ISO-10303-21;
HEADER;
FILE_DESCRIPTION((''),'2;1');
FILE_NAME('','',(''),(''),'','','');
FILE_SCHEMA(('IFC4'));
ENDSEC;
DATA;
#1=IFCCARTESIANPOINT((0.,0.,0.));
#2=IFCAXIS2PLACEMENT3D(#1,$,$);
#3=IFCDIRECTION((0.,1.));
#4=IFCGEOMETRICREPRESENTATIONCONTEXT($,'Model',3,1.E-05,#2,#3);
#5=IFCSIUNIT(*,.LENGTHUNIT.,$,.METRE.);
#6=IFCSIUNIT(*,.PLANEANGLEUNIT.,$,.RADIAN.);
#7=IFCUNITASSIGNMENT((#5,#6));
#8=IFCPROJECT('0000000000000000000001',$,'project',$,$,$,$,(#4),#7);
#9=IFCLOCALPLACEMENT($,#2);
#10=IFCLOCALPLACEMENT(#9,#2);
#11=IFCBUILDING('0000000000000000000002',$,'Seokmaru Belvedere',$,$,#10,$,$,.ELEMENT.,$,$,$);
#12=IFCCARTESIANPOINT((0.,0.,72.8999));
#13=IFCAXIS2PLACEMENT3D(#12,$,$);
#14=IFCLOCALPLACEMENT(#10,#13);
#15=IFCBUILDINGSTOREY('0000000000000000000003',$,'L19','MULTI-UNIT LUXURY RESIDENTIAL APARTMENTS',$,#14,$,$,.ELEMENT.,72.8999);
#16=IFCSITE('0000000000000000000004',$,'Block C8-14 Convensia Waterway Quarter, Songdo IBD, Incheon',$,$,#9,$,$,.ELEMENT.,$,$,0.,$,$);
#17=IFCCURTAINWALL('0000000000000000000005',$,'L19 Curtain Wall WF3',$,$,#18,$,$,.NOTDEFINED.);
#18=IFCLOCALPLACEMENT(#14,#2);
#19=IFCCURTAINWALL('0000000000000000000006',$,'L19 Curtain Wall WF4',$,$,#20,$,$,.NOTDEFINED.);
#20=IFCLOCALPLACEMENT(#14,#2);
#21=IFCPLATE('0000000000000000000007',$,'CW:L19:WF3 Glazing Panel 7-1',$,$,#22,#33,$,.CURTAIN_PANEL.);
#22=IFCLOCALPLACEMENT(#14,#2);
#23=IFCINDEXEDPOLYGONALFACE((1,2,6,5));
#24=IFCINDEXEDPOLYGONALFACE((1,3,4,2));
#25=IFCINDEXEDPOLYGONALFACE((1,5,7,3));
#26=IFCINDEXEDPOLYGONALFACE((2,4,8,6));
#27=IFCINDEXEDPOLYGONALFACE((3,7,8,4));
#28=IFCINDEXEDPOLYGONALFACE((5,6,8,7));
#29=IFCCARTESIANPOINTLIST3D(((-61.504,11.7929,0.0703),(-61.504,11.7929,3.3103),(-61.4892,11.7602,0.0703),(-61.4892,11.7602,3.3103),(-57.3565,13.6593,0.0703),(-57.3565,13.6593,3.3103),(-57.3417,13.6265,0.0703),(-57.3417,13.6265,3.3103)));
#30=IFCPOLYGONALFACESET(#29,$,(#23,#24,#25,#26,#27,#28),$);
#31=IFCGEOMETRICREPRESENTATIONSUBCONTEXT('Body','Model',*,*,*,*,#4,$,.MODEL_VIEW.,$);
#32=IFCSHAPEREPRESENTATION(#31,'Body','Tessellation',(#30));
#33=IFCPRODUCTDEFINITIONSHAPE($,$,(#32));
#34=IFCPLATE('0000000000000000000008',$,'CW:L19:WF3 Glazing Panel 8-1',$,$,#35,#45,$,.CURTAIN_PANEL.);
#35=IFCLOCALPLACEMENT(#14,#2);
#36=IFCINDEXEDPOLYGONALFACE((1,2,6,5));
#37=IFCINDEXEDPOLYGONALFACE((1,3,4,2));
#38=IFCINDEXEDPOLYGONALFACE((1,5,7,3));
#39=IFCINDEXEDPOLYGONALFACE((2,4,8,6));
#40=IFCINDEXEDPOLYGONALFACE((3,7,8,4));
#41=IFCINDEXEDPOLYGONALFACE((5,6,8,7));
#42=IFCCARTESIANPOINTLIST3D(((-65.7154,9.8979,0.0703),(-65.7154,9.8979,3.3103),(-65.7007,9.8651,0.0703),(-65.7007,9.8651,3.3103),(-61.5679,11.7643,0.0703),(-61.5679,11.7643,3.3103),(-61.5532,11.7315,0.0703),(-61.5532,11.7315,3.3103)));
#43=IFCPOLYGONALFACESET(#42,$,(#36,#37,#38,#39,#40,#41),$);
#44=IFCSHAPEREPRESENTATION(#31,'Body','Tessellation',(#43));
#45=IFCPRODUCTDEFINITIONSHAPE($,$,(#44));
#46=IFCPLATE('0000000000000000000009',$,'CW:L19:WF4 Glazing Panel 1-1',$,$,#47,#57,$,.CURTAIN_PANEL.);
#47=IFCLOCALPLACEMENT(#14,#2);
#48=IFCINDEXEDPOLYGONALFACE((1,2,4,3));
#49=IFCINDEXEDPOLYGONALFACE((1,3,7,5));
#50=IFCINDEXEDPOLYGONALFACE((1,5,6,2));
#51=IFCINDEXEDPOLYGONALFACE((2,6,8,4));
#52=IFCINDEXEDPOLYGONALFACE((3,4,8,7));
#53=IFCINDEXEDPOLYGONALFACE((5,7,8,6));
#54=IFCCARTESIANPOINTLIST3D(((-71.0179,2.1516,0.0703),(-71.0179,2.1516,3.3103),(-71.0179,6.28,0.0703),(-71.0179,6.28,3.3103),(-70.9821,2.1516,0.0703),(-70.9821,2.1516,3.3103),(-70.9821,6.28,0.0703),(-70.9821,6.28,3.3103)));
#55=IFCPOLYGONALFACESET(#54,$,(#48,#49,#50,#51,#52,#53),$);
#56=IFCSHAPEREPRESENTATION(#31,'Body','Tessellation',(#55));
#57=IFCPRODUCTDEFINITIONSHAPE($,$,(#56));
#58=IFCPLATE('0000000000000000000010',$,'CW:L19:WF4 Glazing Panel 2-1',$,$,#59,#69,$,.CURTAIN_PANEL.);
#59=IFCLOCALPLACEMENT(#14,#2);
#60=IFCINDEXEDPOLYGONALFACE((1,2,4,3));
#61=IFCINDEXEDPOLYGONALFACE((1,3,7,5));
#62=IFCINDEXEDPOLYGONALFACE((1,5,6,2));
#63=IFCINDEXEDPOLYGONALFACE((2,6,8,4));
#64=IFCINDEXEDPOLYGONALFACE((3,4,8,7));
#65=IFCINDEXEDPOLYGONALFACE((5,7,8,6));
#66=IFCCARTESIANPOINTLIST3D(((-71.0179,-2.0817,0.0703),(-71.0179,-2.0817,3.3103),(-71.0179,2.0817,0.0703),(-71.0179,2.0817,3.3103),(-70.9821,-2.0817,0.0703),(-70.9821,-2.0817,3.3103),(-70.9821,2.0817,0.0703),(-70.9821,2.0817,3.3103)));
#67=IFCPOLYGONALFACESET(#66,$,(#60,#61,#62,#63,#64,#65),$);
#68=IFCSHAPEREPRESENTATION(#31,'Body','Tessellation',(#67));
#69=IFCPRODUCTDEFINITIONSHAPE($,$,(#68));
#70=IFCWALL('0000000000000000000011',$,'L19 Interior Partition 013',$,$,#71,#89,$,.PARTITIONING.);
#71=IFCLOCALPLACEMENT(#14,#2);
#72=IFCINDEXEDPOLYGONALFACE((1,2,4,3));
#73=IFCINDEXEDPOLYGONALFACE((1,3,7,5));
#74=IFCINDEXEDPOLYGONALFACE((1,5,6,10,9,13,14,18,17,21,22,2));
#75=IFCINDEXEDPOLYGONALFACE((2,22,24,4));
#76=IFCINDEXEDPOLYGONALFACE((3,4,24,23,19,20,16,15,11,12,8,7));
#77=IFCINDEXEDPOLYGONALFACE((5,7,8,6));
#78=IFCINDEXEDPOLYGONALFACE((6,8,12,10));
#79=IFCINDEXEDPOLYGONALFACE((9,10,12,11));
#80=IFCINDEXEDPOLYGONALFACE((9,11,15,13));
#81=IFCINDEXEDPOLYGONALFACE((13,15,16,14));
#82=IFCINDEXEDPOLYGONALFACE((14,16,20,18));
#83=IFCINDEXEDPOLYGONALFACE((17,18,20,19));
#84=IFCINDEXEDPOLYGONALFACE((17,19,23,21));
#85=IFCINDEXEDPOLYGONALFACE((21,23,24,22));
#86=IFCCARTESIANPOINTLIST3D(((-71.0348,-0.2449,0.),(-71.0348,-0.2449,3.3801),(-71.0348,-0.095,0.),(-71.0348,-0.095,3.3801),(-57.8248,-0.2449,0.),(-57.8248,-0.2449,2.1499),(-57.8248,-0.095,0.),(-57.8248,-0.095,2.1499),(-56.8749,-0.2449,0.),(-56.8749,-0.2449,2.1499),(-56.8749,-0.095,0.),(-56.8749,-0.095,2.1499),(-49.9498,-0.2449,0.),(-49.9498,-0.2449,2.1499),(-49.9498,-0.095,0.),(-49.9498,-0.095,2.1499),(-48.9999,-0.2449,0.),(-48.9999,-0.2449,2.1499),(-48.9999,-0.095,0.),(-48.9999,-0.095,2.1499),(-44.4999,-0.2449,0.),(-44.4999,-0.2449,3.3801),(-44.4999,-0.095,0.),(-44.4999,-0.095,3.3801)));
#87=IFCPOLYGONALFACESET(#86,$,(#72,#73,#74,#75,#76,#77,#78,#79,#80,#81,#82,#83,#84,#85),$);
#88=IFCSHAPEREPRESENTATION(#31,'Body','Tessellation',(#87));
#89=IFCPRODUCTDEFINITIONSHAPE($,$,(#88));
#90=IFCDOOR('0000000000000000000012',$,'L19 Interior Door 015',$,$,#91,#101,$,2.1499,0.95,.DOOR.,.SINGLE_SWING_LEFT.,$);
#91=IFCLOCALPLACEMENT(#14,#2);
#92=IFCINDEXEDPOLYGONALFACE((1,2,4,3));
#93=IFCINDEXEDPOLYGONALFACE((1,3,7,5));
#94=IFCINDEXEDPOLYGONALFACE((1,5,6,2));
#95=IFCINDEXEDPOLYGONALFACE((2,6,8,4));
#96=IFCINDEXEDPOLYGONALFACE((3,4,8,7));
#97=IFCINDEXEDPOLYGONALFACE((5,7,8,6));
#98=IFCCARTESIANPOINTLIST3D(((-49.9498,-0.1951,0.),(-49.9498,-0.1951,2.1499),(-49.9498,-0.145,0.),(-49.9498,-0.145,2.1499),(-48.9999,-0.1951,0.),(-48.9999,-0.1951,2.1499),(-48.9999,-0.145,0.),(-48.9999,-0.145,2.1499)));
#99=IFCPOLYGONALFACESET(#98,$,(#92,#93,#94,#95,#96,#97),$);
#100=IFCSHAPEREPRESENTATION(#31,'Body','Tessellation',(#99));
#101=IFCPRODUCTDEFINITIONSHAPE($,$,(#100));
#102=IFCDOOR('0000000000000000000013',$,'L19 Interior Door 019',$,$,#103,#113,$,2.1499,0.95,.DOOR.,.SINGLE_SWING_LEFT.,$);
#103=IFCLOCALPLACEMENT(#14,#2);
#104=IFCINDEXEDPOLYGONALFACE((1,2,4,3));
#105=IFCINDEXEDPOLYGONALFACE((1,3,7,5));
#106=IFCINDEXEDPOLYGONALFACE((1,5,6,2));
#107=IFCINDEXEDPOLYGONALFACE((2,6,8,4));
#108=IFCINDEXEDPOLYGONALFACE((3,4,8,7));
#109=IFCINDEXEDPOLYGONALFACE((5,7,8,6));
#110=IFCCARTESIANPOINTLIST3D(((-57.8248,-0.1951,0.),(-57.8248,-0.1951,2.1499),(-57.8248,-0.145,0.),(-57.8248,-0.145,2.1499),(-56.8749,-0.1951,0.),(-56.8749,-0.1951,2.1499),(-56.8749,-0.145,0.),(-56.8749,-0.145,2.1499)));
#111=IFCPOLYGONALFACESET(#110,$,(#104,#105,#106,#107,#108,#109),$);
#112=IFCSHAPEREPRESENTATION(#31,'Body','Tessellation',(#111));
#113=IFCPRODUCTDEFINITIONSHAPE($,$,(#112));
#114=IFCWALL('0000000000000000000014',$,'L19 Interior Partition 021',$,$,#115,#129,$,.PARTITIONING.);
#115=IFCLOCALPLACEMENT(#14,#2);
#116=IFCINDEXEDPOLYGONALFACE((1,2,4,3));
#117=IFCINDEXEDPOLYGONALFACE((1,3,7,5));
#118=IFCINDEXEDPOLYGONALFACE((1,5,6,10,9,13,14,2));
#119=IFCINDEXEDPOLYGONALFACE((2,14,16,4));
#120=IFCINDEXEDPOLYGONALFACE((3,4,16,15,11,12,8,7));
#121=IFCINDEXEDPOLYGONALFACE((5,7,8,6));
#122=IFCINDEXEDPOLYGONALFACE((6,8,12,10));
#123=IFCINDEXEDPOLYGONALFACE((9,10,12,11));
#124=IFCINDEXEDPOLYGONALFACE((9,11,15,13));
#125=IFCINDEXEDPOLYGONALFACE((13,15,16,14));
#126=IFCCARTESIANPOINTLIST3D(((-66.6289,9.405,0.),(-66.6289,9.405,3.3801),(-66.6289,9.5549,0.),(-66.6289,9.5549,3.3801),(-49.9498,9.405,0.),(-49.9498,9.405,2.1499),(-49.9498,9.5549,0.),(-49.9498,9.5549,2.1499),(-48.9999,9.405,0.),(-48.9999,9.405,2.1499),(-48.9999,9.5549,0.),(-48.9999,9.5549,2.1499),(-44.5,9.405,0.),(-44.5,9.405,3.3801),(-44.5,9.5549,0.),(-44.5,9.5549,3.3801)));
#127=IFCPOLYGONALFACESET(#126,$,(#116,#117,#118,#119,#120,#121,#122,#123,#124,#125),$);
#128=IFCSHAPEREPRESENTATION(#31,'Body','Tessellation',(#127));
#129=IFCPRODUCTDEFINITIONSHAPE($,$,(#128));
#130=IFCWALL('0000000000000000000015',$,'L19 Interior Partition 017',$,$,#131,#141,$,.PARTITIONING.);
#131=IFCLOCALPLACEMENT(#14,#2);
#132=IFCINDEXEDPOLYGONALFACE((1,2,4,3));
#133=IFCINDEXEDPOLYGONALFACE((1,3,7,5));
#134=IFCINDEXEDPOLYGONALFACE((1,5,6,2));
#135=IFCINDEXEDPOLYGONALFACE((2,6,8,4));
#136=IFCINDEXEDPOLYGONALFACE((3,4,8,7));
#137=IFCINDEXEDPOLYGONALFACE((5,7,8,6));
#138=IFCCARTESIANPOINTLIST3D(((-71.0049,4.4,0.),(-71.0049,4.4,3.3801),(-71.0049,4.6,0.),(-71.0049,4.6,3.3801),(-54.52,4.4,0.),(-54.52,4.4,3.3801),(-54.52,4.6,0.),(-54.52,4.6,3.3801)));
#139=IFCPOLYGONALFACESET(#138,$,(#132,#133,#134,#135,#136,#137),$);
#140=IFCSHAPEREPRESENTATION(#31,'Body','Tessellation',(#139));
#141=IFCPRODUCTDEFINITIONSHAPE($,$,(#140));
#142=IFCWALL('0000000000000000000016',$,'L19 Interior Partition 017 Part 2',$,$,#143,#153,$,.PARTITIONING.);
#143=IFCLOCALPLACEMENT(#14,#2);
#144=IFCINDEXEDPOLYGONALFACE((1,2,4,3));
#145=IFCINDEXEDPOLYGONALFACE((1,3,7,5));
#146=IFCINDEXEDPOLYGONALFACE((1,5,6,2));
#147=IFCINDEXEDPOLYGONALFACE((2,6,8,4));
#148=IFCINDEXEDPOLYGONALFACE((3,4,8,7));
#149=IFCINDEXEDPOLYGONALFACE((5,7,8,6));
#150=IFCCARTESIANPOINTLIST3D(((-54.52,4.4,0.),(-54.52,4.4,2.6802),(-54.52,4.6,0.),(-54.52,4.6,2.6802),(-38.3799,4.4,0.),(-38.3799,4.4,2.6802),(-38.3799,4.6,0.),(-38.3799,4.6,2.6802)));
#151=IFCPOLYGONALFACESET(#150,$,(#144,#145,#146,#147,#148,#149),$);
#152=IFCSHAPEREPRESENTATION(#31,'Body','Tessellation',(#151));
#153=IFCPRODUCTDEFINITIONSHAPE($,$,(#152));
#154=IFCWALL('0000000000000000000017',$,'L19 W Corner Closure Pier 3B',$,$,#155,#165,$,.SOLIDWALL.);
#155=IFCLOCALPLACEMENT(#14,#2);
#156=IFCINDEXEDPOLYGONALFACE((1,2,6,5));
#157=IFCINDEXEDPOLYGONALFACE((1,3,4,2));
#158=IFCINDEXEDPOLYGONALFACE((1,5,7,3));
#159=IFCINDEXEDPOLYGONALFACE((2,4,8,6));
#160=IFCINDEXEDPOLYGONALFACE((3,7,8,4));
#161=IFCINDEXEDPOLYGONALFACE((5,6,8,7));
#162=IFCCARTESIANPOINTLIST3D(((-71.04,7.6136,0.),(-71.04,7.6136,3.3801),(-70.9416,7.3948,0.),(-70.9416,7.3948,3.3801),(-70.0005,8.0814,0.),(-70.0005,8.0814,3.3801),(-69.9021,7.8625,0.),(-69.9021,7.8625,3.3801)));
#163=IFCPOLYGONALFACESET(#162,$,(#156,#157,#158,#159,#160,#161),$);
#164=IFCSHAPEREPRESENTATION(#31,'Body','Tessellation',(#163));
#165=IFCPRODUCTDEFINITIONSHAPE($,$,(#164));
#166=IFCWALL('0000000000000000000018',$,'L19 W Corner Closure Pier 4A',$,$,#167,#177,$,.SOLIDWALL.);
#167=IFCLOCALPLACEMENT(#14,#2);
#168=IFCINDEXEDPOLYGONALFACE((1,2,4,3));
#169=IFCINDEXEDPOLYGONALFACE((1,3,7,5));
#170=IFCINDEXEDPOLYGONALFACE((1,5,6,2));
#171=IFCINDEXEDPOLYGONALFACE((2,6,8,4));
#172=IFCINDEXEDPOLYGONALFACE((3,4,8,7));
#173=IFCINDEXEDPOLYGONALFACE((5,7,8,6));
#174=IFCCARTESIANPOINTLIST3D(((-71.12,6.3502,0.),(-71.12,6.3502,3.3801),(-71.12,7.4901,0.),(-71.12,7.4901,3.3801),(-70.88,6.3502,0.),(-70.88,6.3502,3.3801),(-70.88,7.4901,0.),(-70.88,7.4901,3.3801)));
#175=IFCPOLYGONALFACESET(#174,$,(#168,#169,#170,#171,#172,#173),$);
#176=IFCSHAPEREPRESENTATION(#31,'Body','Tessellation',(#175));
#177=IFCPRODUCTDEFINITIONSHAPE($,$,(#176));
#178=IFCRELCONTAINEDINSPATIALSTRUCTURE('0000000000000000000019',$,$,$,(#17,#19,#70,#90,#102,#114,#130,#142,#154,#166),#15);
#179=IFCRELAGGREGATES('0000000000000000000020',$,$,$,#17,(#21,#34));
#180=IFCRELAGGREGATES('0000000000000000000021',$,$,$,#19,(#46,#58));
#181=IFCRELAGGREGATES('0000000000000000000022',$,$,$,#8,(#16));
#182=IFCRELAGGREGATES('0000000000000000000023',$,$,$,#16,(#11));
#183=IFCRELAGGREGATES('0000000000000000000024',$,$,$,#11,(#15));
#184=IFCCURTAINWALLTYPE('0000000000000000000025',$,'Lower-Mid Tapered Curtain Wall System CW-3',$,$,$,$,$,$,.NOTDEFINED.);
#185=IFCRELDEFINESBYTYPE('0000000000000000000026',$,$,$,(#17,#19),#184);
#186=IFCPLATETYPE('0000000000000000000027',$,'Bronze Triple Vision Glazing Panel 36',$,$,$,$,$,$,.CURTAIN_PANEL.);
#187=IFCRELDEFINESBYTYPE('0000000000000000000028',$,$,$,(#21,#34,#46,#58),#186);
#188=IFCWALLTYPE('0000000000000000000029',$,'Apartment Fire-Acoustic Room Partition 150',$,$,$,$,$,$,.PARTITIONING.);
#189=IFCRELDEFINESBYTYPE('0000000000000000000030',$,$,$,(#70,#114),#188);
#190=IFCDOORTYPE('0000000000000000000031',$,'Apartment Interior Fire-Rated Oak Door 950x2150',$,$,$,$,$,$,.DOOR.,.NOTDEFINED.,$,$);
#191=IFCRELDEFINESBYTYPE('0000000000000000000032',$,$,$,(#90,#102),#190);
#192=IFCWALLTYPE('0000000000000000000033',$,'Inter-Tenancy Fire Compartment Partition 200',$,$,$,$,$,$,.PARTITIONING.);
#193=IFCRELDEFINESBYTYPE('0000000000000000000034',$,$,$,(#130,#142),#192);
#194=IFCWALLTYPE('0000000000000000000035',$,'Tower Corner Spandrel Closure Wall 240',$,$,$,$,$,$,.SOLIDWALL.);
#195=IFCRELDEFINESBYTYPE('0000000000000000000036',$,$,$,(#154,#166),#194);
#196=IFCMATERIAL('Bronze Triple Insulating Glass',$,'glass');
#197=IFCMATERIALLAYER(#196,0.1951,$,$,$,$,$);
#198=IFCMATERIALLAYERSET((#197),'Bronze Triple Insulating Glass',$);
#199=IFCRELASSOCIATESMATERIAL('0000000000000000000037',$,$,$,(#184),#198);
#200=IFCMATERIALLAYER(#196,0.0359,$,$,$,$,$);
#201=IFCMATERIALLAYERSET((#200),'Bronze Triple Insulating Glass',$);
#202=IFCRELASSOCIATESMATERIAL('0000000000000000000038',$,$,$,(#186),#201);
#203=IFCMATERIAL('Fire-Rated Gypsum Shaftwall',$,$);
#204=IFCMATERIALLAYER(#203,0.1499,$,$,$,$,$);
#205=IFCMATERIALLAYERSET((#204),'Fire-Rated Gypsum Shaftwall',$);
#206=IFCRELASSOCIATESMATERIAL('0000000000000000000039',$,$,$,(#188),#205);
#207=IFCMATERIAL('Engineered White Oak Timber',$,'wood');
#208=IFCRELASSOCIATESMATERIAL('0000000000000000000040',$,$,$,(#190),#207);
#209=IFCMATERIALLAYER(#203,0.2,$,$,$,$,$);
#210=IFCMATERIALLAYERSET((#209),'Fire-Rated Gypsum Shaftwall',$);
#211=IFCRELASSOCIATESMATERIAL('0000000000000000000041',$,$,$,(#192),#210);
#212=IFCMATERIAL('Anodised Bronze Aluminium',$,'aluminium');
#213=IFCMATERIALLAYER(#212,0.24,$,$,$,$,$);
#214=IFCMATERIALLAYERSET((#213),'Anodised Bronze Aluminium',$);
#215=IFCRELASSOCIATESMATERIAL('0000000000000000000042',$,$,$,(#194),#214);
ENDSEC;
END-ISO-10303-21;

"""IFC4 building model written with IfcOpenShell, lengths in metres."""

from ifc_helpers import new_model, si_unit, direction, frame, frame_2d, origin, origin_2d, place, context, subcontext, project, spatial, rectangle, extrude, source, transform, mapped, material, layer, layer_set, type_object, type_shapes, element, fill, aggregate, save


model = new_model("IFC4")

# Units and contexts
model_context = context("Model", 3, precision=1e-05, world=origin(), true_north=direction((0.0, 1.0)))
body_context = subcontext(model_context, "Body", "Model", "MODEL_VIEW")
ifc_project = project(units=[si_unit("LENGTHUNIT", "METRE"), si_unit("PLANEANGLEUNIT", "RADIAN")], contexts=[model_context])

# Site, building, storey
site_placement = place(None, origin())
site = spatial("IfcSite", under=ifc_project, at=site_placement, Name="Block C8-14 Convensia Waterway Quarter, Songdo IBD, Incheon", CompositionType="ELEMENT", RefElevation=0.0)
building_placement = place(site_placement, origin())
building = spatial("IfcBuilding", under=site, at=building_placement, Name="Seokmaru Belvedere", CompositionType="ELEMENT")
storey_placement = place(building_placement, frame((0.0, 0.0, 72.8999)))
storey = spatial("IfcBuildingStorey", under=building, at=storey_placement, Name="L19", Description="MULTI-UNIT LUXURY RESIDENTIAL APARTMENTS", CompositionType="ELEMENT", Elevation=72.8999)

# Curtain walls
ifc_material_1 = material(Name="Bronze Triple Insulating Glass", Category="glass")
ifc_layer_1 = layer(ifc_material_1, 0.1951)
ifc_layer_set_1 = layer_set([ifc_layer_1], Name="Bronze Triple Insulating Glass")
curtain_wall_type = type_object("IfcCurtainWallType", Name="Lower-Mid Tapered Curtain Wall System CW-3", PredefinedType="NOTDEFINED", material=ifc_layer_set_1)
curtain_wall_1_placement = place(storey_placement, origin())
curtain_wall_1 = element("IfcCurtainWall", 1, at=curtain_wall_1_placement, inside=storey, type_object=curtain_wall_type, Name="L19 Curtain Wall WF3", PredefinedType="NOTDEFINED")
ifc_material_2 = material(Name="Anodised Bronze Aluminium", Category="aluminium")
curtain_wall_2_placement = place(storey_placement, origin())
curtain_wall_2 = element("IfcCurtainWall", 2, at=curtain_wall_2_placement, inside=storey, type_object=curtain_wall_type, Name="L19 Curtain Wall WF4", PredefinedType="NOTDEFINED")

# Plates
ifc_layer_2 = layer(ifc_material_1, 0.0359)
ifc_layer_set_2 = layer_set([ifc_layer_2], Name="Bronze Triple Insulating Glass")
plate_type = type_object("IfcPlateType", Name="Bronze Triple Vision Glazing Panel 36", PredefinedType="CURTAIN_PANEL", material=ifc_layer_set_2)
shared_shape_1 = source(origin(), body_context, "Body", "SweptSolid", [
    extrude(rectangle(XDim=4.5481, YDim=0.0359, at=origin_2d()), origin(), (0.0, 0.0, 1.0), 3.24),
])
plate_1_placement = place(storey_placement, frame((-59.4229, 12.7097, 0.0703), z_axis=(0.0, 0.0, 1.0), x_axis=(-0.911921, -0.410366, 0.0)))
plate_1 = element("IfcPlate", 3, at=plate_1_placement, type_object=plate_type, Name="CW:L19:WF3 Glazing Panel 7-1", PredefinedType="CURTAIN_PANEL", context=body_context, shape_type="MappedRepresentation", body=[
    mapped(shared_shape_1, transform((0.0, 0.0, 0.0), scale=1.0)),
])
plate_2_placement = place(storey_placement, frame((-63.6343, 10.8147, 0.0703), z_axis=(0.0, 0.0, 1.0), x_axis=(-0.911921, -0.410366, 0.0)))
plate_2 = element("IfcPlate", 4, at=plate_2_placement, type_object=plate_type, Name="CW:L19:WF3 Glazing Panel 8-1", PredefinedType="CURTAIN_PANEL", context=body_context, shape_type="MappedRepresentation", body=[
    mapped(shared_shape_1, transform((0.0, 0.0, 0.0), scale=1.0)),
])
aggregate(curtain_wall_1, [plate_1, plate_2])
shared_shape_2 = source(origin(), body_context, "Body", "SweptSolid", [
    extrude(rectangle(XDim=4.1284, YDim=0.0359, at=origin_2d()), origin(), (0.0, 0.0, 1.0), 3.24),
])
plate_3_placement = place(storey_placement, frame((-71.0, 4.2158, 0.0703), z_axis=(0.0, 0.0, 1.0), x_axis=(0.0, -1.0, 0.0)))
plate_3 = element("IfcPlate", 5, at=plate_3_placement, type_object=plate_type, Name="CW:L19:WF4 Glazing Panel 1-1", PredefinedType="CURTAIN_PANEL", context=body_context, shape_type="MappedRepresentation", body=[
    mapped(shared_shape_2, transform((0.0, 0.0, 0.0), scale=1.0)),
])
shared_shape_3 = source(origin(), body_context, "Body", "SweptSolid", [
    extrude(rectangle(XDim=4.1633, YDim=0.0359, at=origin_2d()), origin(), (0.0, 0.0, 1.0), 3.24),
])
plate_4_placement = place(storey_placement, frame((-71.0, 0.0, 0.0703), z_axis=(0.0, 0.0, 1.0), x_axis=(0.0, -1.0, 0.0)))
plate_4 = element("IfcPlate", 6, at=plate_4_placement, type_object=plate_type, Name="CW:L19:WF4 Glazing Panel 2-1", PredefinedType="CURTAIN_PANEL", context=body_context, shape_type="MappedRepresentation", body=[
    mapped(shared_shape_3, transform((0.0, 0.0, 0.0), scale=1.0)),
])
aggregate(curtain_wall_2, [plate_3, plate_4])

# Wall, openings, doors
ifc_material_3 = material(Name="Fire-Rated Gypsum Shaftwall")
ifc_layer_3 = layer(ifc_material_3, 0.1499)
ifc_layer_set_3 = layer_set([ifc_layer_3], Name="Fire-Rated Gypsum Shaftwall")
wall_type_1 = type_object("IfcWallType", Name="Apartment Fire-Acoustic Room Partition 150", PredefinedType="PARTITIONING", material=ifc_layer_set_3)
wall_1_placement = place(storey_placement, frame((-71.0349, -0.1699, 0.0), z_axis=(0.0, 0.0, 1.0), x_axis=(1.0, 0.0, 0.0)))
wall_1 = element("IfcWall", 7, at=wall_1_placement, inside=storey, type_object=wall_type_1, Name="L19 Interior Partition 013", PredefinedType="PARTITIONING", context=body_context, shape_type="SweptSolid", body=[
    extrude(rectangle(XDim=26.5349, YDim=0.1499, at=frame_2d((13.2676, 0.0))), origin(), (0.0, 0.0, 1.0), 3.3801),
])
opening_1_placement = place(wall_1_placement, frame((21.085, 0.0, 0.0)))
opening_1 = element("IfcOpeningElement", 8, at=opening_1_placement, cuts=wall_1, PredefinedType="OPENING", context=body_context, shape_type="SweptSolid", body=[
    extrude(rectangle(XDim=0.95, YDim=2.1499, at=frame_2d((0.4751, 1.075))), frame((0.0, 0.085, 0.0), z_axis=(0.0, -1.0, 0.0), x_axis=(1.0, 0.0, 0.0)), (0.0, 0.0, 1.0), 0.1699),
])
opening_2_placement = place(wall_1_placement, frame((13.21, 0.0, 0.0)))
opening_2 = element("IfcOpeningElement", 9, at=opening_2_placement, cuts=wall_1, PredefinedType="OPENING", context=body_context, shape_type="SweptSolid", body=[
    extrude(rectangle(XDim=0.95, YDim=2.1499, at=frame_2d((0.4751, 1.075))), frame((0.0, 0.085, 0.0), z_axis=(0.0, -1.0, 0.0), x_axis=(1.0, 0.0, 0.0)), (0.0, 0.0, 1.0), 0.1699),
])
ifc_material_4 = material(Name="Engineered White Oak Timber", Category="wood")
door_type = type_object("IfcDoorType", Name="Apartment Interior Fire-Rated Oak Door 950x2150", OperationType="NOTDEFINED", PredefinedType="DOOR", material=ifc_material_4)
shared_shape_4 = source(origin(), body_context, "Body", "SweptSolid", [
    extrude(rectangle(XDim=0.95, YDim=2.1499, at=frame_2d((0.4751, 1.075))), frame((0.0, 0.0249, 0.0), z_axis=(0.0, -1.0, 0.0), x_axis=(1.0, 0.0, 0.0)), (0.0, 0.0, 1.0), 0.05),
])
type_shapes(door_type, [shared_shape_4])
door_1_placement = place(opening_1_placement, origin())
door_1 = element("IfcDoor", 10, at=door_1_placement, inside=storey, type_object=door_type, Name="L19 Interior Door 015", OperationType="SINGLE_SWING_LEFT", OverallHeight=2.1499, OverallWidth=0.95, PredefinedType="DOOR", context=body_context, shape_type="MappedRepresentation", body=[
    mapped(shared_shape_4, transform((0.0, 0.0, 0.0), scale=1.0)),
])
fill(opening_1, door_1)
door_2_placement = place(opening_2_placement, origin())
door_2 = element("IfcDoor", 11, at=door_2_placement, inside=storey, type_object=door_type, Name="L19 Interior Door 019", OperationType="SINGLE_SWING_LEFT", OverallHeight=2.1499, OverallWidth=0.95, PredefinedType="DOOR", context=body_context, shape_type="MappedRepresentation", body=[
    mapped(shared_shape_4, transform((0.0, 0.0, 0.0), scale=1.0)),
])
fill(opening_2, door_2)

# Wall, opening
wall_2_placement = place(storey_placement, frame((-66.6289, 9.48, 0.0), z_axis=(0.0, 0.0, 1.0), x_axis=(1.0, 0.0, 0.0)))
wall_2 = element("IfcWall", 12, at=wall_2_placement, inside=storey, type_object=wall_type_1, Name="L19 Interior Partition 021", PredefinedType="PARTITIONING", context=body_context, shape_type="SweptSolid", body=[
    extrude(rectangle(XDim=22.1289, YDim=0.1499, at=frame_2d((11.0645, 0.0))), origin(), (0.0, 0.0, 1.0), 3.3801),
])
opening_3_placement = place(wall_2_placement, frame((16.679, 0.0, 0.0)))
element("IfcOpeningElement", 13, at=opening_3_placement, cuts=wall_2, PredefinedType="OPENING", context=body_context, shape_type="SweptSolid", body=[
    extrude(rectangle(XDim=0.95, YDim=2.1499, at=frame_2d((0.4751, 1.075))), frame((0.0, 0.085, 0.0), z_axis=(0.0, -1.0, 0.0), x_axis=(1.0, 0.0, 0.0)), (0.0, 0.0, 1.0), 0.1699),
])

# Walls
ifc_layer_4 = layer(ifc_material_3, 0.2)
ifc_layer_set_4 = layer_set([ifc_layer_4], Name="Fire-Rated Gypsum Shaftwall")
wall_type_2 = type_object("IfcWallType", Name="Inter-Tenancy Fire Compartment Partition 200", PredefinedType="PARTITIONING", material=ifc_layer_set_4)
wall_3_placement = place(storey_placement, frame((-71.0049, 4.5, 0.0), z_axis=(0.0, 0.0, 1.0), x_axis=(1.0, 0.0, 0.0)))
element("IfcWall", 14, at=wall_3_placement, inside=storey, type_object=wall_type_2, Name="L19 Interior Partition 017", PredefinedType="PARTITIONING", context=body_context, shape_type="SweptSolid", body=[
    extrude(rectangle(XDim=16.4849, YDim=0.2, at=frame_2d((8.2424, 0.0))), origin(), (0.0, 0.0, 1.0), 3.3801),
])
wall_4_placement = place(storey_placement, frame((-54.52, 4.5, 0.0), z_axis=(0.0, 0.0, 1.0), x_axis=(1.0, 0.0, 0.0)))
element("IfcWall", 15, at=wall_4_placement, inside=storey, type_object=wall_type_2, Name="L19 Interior Partition 017 Part 2", PredefinedType="PARTITIONING", context=body_context, shape_type="SweptSolid", body=[
    extrude(rectangle(XDim=16.1401, YDim=0.2, at=frame_2d((8.0701, 0.0))), origin(), (0.0, 0.0, 1.0), 2.6802),
])
ifc_layer_5 = layer(ifc_material_2, 0.24)
ifc_layer_set_5 = layer_set([ifc_layer_5], Name="Anodised Bronze Aluminium")
wall_type_3 = type_object("IfcWallType", Name="Tower Corner Spandrel Closure Wall 240", PredefinedType="SOLIDWALL", material=ifc_layer_set_5)
for number, where, z_axis, x_axis, name in (
    (16, (-69.9514, 7.9719, 0.0), (0.0, 0.0, 1.0), (-0.91193, -0.410347, 0.0), "L19 W Corner Closure Pier 3B"),
    (17, (-71.0, 7.49, 0.0), (0.0, 0.0, 1.0), (0.0, -1.0, 0.0), "L19 W Corner Closure Pier 4A"),
):
    element("IfcWall", number, at=place(storey_placement, frame(where, z_axis=z_axis, x_axis=x_axis)), inside=storey, type_object=wall_type_3, Name=name, PredefinedType="SOLIDWALL", context=body_context, shape_type="SweptSolid", body=[
        extrude(rectangle(XDim=1.1399, YDim=0.24, at=frame_2d((0.5698, 0.0))), origin(), (0.0, 0.0, 1.0), 3.3801),
    ])

save(model, "model.ifc")
